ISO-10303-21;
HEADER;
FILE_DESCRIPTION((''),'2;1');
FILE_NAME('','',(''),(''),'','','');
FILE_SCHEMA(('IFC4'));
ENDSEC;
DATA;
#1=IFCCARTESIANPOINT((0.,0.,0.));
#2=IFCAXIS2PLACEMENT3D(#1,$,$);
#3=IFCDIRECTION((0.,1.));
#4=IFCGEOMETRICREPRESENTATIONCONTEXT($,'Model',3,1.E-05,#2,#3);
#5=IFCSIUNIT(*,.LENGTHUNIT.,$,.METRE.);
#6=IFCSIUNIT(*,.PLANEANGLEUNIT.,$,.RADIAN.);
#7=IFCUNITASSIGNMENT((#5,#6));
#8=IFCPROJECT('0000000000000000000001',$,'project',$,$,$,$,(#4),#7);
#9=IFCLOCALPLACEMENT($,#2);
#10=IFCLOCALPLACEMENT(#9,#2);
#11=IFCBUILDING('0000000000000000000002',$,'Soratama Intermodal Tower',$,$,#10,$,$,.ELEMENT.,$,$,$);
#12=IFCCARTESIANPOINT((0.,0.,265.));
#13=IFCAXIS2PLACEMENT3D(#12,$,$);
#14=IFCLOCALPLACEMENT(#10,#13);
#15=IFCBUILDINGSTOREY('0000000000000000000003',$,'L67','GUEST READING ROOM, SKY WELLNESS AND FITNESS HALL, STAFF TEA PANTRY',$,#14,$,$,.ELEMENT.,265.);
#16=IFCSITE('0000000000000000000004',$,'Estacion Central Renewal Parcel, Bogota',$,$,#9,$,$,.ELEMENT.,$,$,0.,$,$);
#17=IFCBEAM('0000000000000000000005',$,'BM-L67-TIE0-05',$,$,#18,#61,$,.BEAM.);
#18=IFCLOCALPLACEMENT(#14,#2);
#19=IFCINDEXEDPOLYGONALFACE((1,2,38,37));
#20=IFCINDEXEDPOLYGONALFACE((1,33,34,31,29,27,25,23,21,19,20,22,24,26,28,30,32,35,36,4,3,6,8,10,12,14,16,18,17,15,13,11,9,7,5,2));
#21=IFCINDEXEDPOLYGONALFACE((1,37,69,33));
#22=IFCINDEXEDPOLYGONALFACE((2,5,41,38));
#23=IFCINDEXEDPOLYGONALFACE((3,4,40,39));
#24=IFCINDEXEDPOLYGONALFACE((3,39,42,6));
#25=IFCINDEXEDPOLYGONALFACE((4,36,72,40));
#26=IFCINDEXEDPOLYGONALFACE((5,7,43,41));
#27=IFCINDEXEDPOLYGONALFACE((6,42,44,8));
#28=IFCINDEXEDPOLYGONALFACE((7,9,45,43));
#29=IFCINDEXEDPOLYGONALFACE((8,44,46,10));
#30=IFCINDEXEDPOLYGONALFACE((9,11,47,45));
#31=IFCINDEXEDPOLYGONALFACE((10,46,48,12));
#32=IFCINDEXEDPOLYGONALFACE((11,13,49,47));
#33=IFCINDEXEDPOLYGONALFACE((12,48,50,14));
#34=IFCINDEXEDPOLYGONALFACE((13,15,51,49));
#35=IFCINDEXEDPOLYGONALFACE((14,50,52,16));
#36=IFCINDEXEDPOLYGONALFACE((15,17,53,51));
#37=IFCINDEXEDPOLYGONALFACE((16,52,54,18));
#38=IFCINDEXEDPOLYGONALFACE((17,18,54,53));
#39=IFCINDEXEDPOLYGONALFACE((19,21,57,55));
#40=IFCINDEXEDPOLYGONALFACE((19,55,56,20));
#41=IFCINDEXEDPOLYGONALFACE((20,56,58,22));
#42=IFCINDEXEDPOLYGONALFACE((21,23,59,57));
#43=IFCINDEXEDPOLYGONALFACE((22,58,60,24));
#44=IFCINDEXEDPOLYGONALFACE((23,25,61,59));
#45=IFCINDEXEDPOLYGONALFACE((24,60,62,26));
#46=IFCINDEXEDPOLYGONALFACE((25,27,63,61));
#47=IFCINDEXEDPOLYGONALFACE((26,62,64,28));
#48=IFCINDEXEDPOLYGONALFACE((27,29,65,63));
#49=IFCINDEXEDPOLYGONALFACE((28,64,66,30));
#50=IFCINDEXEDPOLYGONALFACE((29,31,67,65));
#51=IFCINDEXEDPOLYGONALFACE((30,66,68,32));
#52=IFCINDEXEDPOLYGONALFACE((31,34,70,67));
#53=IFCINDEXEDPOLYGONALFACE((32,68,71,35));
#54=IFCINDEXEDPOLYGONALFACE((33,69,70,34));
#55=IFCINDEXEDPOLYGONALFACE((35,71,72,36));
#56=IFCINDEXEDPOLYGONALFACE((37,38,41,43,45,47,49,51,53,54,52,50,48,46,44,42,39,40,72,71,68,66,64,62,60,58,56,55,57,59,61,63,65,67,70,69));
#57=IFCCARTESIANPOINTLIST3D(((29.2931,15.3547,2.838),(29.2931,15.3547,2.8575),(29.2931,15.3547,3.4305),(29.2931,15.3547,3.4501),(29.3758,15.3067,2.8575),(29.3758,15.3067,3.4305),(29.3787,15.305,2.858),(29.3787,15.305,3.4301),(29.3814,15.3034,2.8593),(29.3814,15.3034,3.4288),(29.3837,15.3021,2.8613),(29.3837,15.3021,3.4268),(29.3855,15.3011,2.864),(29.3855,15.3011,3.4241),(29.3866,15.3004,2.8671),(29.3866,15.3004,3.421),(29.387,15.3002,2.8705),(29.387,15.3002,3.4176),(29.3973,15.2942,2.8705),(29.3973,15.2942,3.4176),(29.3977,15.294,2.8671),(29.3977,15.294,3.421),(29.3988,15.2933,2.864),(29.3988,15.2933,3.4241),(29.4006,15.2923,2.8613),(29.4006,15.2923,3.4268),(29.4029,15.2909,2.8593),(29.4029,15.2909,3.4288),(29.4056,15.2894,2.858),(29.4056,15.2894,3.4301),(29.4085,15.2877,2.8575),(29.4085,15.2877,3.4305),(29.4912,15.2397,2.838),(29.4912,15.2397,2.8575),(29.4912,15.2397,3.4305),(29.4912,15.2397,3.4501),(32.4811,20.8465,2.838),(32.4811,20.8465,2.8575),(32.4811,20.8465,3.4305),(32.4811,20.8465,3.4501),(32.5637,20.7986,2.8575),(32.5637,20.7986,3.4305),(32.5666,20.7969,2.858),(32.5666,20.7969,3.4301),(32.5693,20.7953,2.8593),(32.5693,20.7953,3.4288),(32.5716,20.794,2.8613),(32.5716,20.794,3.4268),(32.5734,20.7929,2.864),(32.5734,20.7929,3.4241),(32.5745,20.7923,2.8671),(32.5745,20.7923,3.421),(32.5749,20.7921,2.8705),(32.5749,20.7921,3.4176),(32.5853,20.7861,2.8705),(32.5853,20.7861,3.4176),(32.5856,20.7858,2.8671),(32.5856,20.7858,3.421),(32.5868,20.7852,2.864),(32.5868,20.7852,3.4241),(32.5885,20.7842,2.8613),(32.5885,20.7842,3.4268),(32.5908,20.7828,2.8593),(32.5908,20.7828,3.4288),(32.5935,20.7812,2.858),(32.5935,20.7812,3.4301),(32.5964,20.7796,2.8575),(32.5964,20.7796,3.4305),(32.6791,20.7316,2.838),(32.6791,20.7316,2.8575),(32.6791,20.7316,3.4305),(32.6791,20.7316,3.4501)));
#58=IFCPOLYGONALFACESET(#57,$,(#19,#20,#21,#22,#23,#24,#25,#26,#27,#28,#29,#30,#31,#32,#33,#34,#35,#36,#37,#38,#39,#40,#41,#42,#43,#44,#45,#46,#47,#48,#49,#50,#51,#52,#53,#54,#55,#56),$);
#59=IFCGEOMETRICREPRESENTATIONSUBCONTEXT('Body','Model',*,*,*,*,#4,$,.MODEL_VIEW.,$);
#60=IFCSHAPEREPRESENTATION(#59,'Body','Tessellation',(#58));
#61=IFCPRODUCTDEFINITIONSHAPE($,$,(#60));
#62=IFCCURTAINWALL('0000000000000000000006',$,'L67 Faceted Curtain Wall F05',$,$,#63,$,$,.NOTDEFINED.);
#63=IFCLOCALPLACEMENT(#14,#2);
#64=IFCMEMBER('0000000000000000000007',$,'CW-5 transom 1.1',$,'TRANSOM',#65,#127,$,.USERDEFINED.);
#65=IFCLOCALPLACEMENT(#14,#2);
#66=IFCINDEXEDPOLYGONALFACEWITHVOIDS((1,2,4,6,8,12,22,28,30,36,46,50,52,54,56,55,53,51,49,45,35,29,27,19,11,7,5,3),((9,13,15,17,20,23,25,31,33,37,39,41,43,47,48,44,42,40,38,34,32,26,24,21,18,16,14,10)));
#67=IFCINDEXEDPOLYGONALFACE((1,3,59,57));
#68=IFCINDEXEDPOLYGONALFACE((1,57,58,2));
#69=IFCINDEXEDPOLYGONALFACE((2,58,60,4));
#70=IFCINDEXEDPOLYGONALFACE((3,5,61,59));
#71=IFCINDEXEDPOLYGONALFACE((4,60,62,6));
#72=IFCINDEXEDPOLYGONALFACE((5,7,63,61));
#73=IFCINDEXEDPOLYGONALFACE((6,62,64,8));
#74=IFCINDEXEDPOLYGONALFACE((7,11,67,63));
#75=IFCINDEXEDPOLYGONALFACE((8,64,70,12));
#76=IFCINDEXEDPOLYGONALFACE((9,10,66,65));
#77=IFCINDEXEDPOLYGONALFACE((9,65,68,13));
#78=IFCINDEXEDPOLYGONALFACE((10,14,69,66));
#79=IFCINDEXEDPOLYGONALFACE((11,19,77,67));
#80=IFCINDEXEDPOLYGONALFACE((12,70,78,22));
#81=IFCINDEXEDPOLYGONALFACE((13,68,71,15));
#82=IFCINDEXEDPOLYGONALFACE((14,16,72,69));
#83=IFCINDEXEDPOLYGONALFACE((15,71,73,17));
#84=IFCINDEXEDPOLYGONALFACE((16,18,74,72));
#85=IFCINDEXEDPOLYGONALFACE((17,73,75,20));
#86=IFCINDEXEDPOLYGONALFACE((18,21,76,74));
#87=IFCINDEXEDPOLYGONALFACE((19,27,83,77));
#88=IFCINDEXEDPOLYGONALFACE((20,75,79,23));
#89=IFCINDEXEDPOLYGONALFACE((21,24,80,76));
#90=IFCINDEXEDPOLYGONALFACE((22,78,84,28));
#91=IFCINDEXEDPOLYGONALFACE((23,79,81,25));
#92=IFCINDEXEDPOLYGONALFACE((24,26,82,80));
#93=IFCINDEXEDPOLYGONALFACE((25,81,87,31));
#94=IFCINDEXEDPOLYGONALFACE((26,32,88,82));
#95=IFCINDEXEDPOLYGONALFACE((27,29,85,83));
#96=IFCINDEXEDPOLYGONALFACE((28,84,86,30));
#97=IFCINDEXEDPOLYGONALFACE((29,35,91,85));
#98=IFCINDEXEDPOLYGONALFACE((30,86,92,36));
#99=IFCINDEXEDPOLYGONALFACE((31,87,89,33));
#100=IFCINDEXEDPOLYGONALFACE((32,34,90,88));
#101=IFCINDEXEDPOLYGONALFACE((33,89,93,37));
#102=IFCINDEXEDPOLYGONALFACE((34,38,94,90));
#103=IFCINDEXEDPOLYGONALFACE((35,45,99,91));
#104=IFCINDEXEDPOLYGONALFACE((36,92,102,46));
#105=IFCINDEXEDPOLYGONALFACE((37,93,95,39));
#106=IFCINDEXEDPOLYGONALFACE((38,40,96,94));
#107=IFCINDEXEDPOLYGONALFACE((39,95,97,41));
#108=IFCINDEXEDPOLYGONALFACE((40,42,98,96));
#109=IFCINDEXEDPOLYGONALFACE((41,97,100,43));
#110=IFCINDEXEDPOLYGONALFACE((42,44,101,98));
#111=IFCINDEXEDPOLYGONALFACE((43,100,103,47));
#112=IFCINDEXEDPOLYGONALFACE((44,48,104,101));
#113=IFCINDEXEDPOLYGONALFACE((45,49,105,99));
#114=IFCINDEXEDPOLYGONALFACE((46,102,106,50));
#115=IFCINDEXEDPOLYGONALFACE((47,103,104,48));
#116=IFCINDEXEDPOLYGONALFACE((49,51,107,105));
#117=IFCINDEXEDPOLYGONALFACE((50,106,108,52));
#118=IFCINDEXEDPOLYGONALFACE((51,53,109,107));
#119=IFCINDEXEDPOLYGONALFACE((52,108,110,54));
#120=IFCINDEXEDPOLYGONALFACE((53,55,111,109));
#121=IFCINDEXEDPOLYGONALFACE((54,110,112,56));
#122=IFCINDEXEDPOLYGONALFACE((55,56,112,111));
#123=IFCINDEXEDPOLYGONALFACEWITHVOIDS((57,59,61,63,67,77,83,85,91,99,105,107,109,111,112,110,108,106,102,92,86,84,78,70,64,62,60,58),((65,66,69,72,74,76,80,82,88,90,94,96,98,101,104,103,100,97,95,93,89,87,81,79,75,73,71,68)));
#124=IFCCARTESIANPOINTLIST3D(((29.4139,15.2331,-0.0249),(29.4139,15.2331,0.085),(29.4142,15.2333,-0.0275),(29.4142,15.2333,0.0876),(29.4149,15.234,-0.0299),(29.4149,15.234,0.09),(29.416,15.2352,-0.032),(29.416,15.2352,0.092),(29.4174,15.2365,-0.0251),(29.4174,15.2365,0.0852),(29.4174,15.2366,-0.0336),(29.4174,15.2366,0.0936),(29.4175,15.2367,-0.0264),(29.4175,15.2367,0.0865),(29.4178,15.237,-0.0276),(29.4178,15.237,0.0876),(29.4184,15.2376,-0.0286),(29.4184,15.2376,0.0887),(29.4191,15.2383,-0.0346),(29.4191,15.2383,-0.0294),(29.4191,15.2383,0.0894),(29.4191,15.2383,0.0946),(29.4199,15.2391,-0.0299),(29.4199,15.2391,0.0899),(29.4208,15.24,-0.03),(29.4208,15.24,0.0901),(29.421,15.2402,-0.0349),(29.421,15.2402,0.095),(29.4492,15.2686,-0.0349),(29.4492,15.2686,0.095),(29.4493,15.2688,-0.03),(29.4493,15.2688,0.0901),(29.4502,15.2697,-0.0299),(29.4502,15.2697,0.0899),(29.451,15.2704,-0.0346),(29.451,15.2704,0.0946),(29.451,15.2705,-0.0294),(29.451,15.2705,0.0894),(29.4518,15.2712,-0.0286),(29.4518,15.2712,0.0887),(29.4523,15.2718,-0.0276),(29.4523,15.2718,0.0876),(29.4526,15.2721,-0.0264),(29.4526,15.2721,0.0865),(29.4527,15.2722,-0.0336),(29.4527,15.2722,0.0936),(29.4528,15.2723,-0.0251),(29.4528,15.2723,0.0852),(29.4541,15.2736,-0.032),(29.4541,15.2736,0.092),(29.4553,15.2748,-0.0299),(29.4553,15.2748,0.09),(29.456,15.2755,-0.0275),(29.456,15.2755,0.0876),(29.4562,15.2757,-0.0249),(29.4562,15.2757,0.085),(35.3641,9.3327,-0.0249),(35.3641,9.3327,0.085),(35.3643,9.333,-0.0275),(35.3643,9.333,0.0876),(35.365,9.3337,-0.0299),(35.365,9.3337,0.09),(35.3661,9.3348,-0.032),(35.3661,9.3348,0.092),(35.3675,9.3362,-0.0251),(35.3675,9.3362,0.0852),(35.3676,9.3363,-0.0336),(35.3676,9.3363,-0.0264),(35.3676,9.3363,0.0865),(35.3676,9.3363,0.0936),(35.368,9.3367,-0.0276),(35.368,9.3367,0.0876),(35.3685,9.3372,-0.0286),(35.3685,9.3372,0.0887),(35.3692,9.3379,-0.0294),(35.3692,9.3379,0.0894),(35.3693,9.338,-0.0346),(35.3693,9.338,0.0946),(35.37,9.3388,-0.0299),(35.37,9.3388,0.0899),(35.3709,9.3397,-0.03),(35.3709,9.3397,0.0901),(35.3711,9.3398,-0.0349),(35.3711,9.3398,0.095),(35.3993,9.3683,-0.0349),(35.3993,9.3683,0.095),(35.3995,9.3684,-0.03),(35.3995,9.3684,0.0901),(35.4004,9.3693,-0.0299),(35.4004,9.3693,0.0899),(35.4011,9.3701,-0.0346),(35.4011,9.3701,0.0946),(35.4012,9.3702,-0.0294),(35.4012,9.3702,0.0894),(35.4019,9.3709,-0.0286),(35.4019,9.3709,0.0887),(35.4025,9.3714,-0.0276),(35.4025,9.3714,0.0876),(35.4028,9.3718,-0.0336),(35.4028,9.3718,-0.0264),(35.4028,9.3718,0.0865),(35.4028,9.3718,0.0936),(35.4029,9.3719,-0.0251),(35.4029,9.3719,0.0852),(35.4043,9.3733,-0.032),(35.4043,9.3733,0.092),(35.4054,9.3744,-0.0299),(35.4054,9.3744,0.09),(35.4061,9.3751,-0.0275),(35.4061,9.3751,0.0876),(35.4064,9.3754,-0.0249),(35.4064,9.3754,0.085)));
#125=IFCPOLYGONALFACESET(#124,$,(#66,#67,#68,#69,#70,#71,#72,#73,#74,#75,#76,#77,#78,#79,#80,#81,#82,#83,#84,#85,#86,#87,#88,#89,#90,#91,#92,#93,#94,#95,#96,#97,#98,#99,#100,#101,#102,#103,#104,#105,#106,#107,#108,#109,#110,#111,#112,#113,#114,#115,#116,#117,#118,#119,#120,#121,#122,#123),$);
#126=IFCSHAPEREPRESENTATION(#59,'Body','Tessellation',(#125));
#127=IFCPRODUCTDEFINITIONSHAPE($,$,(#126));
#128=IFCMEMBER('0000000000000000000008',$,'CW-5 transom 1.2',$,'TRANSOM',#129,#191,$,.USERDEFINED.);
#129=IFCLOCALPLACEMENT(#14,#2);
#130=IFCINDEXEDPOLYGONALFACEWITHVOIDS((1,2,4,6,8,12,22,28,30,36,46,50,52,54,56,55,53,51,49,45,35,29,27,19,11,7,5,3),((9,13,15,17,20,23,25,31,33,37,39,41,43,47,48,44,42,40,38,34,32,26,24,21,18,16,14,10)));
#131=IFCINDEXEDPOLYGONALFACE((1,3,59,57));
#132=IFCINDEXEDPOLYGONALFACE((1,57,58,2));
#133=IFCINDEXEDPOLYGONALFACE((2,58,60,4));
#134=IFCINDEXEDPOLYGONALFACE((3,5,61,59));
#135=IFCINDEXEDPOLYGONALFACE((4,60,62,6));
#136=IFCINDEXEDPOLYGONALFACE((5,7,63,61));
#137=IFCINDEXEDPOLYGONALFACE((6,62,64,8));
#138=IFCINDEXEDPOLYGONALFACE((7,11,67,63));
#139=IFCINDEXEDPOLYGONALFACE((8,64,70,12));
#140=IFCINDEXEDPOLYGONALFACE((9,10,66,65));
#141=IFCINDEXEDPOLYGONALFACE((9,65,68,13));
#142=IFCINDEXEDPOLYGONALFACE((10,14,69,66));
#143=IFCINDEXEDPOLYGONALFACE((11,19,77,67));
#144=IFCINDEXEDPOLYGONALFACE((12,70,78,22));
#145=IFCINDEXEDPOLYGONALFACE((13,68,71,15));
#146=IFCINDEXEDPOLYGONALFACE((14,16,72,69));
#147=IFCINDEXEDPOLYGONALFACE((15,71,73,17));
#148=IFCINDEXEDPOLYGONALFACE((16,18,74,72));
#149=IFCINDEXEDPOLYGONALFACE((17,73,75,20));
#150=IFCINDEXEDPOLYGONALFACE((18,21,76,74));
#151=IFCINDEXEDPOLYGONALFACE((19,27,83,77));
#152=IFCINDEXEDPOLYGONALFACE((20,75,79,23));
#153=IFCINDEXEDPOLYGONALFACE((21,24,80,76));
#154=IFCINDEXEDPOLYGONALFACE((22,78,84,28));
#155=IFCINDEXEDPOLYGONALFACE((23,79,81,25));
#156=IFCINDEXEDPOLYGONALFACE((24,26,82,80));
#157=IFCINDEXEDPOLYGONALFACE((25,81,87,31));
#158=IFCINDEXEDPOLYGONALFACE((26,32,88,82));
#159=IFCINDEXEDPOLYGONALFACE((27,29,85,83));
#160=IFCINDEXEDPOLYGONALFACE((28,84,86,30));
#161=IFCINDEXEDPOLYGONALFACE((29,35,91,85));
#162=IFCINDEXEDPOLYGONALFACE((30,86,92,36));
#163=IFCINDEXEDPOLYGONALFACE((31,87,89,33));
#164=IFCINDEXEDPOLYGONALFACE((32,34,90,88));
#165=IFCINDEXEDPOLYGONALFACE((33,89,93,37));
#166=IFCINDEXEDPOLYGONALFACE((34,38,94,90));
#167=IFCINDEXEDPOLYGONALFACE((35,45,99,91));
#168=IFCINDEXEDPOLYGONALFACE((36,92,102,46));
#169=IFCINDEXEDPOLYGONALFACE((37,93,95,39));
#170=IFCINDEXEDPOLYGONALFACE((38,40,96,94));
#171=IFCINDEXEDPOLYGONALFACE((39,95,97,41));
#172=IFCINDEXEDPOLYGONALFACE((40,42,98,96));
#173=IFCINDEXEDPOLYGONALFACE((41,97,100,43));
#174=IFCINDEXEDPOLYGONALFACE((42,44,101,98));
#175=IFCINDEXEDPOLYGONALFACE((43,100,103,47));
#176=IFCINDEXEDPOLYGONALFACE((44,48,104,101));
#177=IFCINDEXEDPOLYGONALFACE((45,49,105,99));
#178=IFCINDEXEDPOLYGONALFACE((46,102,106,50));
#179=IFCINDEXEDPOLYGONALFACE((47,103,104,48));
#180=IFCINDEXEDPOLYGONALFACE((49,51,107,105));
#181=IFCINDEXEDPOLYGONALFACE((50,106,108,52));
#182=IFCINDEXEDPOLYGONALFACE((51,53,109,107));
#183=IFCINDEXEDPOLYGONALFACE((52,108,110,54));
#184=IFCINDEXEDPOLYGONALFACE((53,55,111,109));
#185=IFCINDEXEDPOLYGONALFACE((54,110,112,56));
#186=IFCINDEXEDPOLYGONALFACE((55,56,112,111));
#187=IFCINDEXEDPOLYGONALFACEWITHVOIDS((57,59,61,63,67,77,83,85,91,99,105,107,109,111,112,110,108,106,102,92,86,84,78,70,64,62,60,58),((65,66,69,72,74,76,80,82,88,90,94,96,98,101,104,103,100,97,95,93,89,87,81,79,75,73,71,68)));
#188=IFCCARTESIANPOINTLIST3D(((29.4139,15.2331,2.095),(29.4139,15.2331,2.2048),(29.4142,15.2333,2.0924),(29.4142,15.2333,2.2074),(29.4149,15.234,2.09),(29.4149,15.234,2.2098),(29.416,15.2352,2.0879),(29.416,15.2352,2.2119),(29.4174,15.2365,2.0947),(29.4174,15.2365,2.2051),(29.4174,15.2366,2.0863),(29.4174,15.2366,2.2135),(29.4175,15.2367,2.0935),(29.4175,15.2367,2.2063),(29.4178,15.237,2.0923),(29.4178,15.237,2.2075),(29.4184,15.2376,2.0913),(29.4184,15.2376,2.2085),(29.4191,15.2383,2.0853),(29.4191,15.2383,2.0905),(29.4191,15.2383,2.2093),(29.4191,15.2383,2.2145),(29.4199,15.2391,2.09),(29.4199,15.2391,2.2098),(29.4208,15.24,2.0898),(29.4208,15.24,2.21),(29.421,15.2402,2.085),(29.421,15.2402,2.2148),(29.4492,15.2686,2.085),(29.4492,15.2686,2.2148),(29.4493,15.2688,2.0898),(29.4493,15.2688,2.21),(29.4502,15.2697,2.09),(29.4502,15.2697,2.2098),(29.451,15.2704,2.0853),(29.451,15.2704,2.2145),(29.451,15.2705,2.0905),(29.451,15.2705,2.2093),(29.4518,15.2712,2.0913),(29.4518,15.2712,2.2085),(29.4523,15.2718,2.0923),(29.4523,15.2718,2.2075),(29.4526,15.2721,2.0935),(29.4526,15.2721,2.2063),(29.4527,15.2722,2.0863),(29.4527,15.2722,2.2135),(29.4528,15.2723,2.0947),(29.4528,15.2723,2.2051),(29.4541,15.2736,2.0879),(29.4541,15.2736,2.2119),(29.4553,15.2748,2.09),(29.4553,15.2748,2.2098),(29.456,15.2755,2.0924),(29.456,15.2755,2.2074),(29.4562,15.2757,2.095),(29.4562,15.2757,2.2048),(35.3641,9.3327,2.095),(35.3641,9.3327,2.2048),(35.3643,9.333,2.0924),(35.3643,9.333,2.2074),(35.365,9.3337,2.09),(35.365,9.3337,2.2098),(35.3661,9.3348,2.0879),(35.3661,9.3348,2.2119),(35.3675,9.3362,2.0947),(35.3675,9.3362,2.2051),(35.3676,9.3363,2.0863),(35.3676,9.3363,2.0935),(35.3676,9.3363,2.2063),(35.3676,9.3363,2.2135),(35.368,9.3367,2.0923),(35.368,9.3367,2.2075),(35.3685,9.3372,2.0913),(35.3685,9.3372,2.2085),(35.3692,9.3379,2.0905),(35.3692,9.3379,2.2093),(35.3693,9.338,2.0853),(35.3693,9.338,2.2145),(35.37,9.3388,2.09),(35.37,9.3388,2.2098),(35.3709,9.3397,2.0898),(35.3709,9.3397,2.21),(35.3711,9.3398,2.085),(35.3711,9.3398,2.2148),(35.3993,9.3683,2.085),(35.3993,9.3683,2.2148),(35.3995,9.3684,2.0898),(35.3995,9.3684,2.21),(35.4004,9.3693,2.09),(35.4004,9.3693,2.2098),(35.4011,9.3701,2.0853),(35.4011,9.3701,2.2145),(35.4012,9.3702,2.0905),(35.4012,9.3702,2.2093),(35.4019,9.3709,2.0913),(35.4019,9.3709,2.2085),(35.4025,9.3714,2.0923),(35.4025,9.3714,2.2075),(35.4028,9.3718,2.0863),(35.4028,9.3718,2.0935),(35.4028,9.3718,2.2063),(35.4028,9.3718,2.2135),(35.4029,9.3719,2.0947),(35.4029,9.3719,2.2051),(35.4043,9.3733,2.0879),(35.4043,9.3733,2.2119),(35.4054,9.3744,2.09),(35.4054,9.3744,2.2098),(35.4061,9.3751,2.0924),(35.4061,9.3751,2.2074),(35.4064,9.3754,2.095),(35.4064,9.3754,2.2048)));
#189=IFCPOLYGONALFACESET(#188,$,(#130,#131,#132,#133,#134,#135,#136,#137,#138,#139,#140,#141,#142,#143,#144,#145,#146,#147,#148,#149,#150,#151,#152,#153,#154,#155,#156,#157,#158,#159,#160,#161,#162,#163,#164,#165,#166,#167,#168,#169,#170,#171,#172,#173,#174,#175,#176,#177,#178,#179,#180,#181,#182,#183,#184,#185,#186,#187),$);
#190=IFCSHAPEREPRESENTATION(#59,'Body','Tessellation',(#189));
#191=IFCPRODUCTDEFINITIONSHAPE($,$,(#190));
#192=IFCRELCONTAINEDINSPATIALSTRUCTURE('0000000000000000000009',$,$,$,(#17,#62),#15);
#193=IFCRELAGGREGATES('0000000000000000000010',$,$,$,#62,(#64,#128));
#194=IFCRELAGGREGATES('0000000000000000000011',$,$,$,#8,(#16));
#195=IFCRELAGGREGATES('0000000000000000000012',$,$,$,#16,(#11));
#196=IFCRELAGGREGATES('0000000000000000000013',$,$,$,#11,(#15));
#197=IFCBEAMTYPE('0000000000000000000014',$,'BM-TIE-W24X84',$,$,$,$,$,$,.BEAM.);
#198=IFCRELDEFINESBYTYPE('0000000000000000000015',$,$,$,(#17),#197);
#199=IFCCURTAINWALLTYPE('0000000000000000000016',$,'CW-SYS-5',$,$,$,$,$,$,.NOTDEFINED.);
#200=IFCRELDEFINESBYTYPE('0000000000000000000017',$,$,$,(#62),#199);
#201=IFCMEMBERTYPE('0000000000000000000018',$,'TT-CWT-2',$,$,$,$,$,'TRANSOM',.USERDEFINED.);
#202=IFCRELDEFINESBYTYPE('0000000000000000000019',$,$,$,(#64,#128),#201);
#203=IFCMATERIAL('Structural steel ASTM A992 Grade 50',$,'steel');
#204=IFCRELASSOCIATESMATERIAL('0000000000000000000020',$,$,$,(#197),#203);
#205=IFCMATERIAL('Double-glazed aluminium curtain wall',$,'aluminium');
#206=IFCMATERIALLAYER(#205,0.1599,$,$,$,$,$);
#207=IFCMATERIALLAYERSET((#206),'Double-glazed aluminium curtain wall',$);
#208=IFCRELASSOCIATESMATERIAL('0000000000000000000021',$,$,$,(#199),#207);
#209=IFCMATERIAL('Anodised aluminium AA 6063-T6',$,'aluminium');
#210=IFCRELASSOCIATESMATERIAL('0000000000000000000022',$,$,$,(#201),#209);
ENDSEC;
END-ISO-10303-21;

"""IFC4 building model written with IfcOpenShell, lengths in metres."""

from ifc_helpers import new_model, si_unit, direction, frame, origin, origin_2d, place, context, subcontext, project, spatial, hollow_rectangle, i_section, extrude, material, layer, layer_set, material_profile, profile_set, type_object, element, aggregate, save


model = new_model("IFC4")

# Units and contexts
model_context = context("Model", 3, precision=1e-05, world=origin(), true_north=direction((0.0, 1.0)))
body_context = subcontext(model_context, "Body", "Model", "MODEL_VIEW")
ifc_project = project(units=[si_unit("LENGTHUNIT", "METRE"), si_unit("PLANEANGLEUNIT", "RADIAN")], contexts=[model_context])

# Site, building, storey
site_placement = place(None, origin())
site = spatial("IfcSite", under=ifc_project, at=site_placement, Name="Estacion Central Renewal Parcel, Bogota", CompositionType="ELEMENT", RefElevation=0.0)
building_placement = place(site_placement, origin())
building = spatial("IfcBuilding", under=site, at=building_placement, Name="Soratama Intermodal Tower", CompositionType="ELEMENT")
storey_placement = place(building_placement, frame((0.0, 0.0, 265.0)))
storey = spatial("IfcBuildingStorey", under=building, at=storey_placement, Name="L67", Description="GUEST READING ROOM, SKY WELLNESS AND FITNESS HALL, STAFF TEA PANTRY", CompositionType="ELEMENT", Elevation=265.0)

# Beam
ifc_material_1 = material(Name="Structural steel ASTM A992 Grade 50", Category="steel")
ifc_material_profile_1 = material_profile(ifc_material_1, i_section(OverallWidth=0.229, OverallDepth=0.6121, WebThickness=0.012, FlangeThickness=0.0195, FilletRadius=0.0129, at=origin_2d()), Name="W24X84")
ifc_profile_set_1 = profile_set([ifc_material_profile_1], Name="Structural steel ASTM A992 Grade 50")
beam_type_1 = type_object("IfcBeamType", Name="BM-TIE-W24X84", PredefinedType="BEAM", material=ifc_profile_set_1)
beam_1_placement = place(storey_placement, frame((32.5801, 20.7891, 3.144), z_axis=(-0.502032, -0.864849, 0.0), x_axis=(0.864849, -0.502032, 0.0)))
element("IfcBeam", 1, at=beam_1_placement, inside=storey, type_object=beam_type_1, Name="BM-L67-TIE0-05", PredefinedType="BEAM", context=body_context, shape_type="SweptSolid", body=[
    extrude(i_section(OverallWidth=0.229, OverallDepth=0.6121, WebThickness=0.012, FlangeThickness=0.0195, FilletRadius=0.0129, at=origin_2d()), origin(), (0.0, 0.0, 1.0), 6.3501),
])

# Curtain wall, members
ifc_material_2 = material(Name="Double-glazed aluminium curtain wall", Category="aluminium")
ifc_layer_1 = layer(ifc_material_2, 0.1599)
ifc_layer_set_1 = layer_set([ifc_layer_1], Name="Double-glazed aluminium curtain wall")
curtain_wall_type = type_object("IfcCurtainWallType", Name="CW-SYS-5", PredefinedType="NOTDEFINED", material=ifc_layer_set_1)
curtain_wall_placement = place(storey_placement, origin())
curtain_wall = element("IfcCurtainWall", 2, at=curtain_wall_placement, inside=storey, type_object=curtain_wall_type, Name="L67 Faceted Curtain Wall F05", PredefinedType="NOTDEFINED")
ifc_material_3 = material(Name="Anodised aluminium AA 6063-T6", Category="aluminium")
ifc_material_profile_2 = material_profile(ifc_material_3, hollow_rectangle(XDim=0.0601, YDim=0.1299, WallThickness=0.0049, InnerFilletRadius=0.0049, OuterFilletRadius=0.01, at=origin_2d()), Name="CWT130X60X5")
ifc_profile_set_2 = profile_set([ifc_material_profile_2], Name="Anodised aluminium AA 6063-T6")
member_type = type_object("IfcMemberType", Name="TT-CWT-2", ElementType="TRANSOM", PredefinedType="USERDEFINED", material=ifc_profile_set_2)
member_1_placement = place(storey_placement, frame((29.4351, 15.2544, 0.03), z_axis=(0.710072, -0.704129, 0.0), x_axis=(0.704129, 0.710072, 0.0)))
member_1 = element("IfcMember", 3, at=member_1_placement, type_object=member_type, Name="CW-5 transom 1.1", ObjectType="TRANSOM", PredefinedType="USERDEFINED", context=body_context, shape_type="SweptSolid", body=[
    extrude(hollow_rectangle(XDim=0.0601, YDim=0.1299, WallThickness=0.0049, InnerFilletRadius=0.0049, OuterFilletRadius=0.01, at=origin_2d()), origin(), (0.0, 0.0, 1.0), 8.3796),
])
member_2_placement = place(storey_placement, frame((29.4351, 15.2544, 2.1499), z_axis=(0.710072, -0.704129, 0.0), x_axis=(0.704129, 0.710072, 0.0)))
member_2 = element("IfcMember", 4, at=member_2_placement, type_object=member_type, Name="CW-5 transom 1.2", ObjectType="TRANSOM", PredefinedType="USERDEFINED", context=body_context, shape_type="SweptSolid", body=[
    extrude(hollow_rectangle(XDim=0.0601, YDim=0.1299, WallThickness=0.0049, InnerFilletRadius=0.0049, OuterFilletRadius=0.01, at=origin_2d()), origin(), (0.0, 0.0, 1.0), 8.3796),
])
aggregate(curtain_wall, [member_1, member_2])

save(model, "model.ifc")
